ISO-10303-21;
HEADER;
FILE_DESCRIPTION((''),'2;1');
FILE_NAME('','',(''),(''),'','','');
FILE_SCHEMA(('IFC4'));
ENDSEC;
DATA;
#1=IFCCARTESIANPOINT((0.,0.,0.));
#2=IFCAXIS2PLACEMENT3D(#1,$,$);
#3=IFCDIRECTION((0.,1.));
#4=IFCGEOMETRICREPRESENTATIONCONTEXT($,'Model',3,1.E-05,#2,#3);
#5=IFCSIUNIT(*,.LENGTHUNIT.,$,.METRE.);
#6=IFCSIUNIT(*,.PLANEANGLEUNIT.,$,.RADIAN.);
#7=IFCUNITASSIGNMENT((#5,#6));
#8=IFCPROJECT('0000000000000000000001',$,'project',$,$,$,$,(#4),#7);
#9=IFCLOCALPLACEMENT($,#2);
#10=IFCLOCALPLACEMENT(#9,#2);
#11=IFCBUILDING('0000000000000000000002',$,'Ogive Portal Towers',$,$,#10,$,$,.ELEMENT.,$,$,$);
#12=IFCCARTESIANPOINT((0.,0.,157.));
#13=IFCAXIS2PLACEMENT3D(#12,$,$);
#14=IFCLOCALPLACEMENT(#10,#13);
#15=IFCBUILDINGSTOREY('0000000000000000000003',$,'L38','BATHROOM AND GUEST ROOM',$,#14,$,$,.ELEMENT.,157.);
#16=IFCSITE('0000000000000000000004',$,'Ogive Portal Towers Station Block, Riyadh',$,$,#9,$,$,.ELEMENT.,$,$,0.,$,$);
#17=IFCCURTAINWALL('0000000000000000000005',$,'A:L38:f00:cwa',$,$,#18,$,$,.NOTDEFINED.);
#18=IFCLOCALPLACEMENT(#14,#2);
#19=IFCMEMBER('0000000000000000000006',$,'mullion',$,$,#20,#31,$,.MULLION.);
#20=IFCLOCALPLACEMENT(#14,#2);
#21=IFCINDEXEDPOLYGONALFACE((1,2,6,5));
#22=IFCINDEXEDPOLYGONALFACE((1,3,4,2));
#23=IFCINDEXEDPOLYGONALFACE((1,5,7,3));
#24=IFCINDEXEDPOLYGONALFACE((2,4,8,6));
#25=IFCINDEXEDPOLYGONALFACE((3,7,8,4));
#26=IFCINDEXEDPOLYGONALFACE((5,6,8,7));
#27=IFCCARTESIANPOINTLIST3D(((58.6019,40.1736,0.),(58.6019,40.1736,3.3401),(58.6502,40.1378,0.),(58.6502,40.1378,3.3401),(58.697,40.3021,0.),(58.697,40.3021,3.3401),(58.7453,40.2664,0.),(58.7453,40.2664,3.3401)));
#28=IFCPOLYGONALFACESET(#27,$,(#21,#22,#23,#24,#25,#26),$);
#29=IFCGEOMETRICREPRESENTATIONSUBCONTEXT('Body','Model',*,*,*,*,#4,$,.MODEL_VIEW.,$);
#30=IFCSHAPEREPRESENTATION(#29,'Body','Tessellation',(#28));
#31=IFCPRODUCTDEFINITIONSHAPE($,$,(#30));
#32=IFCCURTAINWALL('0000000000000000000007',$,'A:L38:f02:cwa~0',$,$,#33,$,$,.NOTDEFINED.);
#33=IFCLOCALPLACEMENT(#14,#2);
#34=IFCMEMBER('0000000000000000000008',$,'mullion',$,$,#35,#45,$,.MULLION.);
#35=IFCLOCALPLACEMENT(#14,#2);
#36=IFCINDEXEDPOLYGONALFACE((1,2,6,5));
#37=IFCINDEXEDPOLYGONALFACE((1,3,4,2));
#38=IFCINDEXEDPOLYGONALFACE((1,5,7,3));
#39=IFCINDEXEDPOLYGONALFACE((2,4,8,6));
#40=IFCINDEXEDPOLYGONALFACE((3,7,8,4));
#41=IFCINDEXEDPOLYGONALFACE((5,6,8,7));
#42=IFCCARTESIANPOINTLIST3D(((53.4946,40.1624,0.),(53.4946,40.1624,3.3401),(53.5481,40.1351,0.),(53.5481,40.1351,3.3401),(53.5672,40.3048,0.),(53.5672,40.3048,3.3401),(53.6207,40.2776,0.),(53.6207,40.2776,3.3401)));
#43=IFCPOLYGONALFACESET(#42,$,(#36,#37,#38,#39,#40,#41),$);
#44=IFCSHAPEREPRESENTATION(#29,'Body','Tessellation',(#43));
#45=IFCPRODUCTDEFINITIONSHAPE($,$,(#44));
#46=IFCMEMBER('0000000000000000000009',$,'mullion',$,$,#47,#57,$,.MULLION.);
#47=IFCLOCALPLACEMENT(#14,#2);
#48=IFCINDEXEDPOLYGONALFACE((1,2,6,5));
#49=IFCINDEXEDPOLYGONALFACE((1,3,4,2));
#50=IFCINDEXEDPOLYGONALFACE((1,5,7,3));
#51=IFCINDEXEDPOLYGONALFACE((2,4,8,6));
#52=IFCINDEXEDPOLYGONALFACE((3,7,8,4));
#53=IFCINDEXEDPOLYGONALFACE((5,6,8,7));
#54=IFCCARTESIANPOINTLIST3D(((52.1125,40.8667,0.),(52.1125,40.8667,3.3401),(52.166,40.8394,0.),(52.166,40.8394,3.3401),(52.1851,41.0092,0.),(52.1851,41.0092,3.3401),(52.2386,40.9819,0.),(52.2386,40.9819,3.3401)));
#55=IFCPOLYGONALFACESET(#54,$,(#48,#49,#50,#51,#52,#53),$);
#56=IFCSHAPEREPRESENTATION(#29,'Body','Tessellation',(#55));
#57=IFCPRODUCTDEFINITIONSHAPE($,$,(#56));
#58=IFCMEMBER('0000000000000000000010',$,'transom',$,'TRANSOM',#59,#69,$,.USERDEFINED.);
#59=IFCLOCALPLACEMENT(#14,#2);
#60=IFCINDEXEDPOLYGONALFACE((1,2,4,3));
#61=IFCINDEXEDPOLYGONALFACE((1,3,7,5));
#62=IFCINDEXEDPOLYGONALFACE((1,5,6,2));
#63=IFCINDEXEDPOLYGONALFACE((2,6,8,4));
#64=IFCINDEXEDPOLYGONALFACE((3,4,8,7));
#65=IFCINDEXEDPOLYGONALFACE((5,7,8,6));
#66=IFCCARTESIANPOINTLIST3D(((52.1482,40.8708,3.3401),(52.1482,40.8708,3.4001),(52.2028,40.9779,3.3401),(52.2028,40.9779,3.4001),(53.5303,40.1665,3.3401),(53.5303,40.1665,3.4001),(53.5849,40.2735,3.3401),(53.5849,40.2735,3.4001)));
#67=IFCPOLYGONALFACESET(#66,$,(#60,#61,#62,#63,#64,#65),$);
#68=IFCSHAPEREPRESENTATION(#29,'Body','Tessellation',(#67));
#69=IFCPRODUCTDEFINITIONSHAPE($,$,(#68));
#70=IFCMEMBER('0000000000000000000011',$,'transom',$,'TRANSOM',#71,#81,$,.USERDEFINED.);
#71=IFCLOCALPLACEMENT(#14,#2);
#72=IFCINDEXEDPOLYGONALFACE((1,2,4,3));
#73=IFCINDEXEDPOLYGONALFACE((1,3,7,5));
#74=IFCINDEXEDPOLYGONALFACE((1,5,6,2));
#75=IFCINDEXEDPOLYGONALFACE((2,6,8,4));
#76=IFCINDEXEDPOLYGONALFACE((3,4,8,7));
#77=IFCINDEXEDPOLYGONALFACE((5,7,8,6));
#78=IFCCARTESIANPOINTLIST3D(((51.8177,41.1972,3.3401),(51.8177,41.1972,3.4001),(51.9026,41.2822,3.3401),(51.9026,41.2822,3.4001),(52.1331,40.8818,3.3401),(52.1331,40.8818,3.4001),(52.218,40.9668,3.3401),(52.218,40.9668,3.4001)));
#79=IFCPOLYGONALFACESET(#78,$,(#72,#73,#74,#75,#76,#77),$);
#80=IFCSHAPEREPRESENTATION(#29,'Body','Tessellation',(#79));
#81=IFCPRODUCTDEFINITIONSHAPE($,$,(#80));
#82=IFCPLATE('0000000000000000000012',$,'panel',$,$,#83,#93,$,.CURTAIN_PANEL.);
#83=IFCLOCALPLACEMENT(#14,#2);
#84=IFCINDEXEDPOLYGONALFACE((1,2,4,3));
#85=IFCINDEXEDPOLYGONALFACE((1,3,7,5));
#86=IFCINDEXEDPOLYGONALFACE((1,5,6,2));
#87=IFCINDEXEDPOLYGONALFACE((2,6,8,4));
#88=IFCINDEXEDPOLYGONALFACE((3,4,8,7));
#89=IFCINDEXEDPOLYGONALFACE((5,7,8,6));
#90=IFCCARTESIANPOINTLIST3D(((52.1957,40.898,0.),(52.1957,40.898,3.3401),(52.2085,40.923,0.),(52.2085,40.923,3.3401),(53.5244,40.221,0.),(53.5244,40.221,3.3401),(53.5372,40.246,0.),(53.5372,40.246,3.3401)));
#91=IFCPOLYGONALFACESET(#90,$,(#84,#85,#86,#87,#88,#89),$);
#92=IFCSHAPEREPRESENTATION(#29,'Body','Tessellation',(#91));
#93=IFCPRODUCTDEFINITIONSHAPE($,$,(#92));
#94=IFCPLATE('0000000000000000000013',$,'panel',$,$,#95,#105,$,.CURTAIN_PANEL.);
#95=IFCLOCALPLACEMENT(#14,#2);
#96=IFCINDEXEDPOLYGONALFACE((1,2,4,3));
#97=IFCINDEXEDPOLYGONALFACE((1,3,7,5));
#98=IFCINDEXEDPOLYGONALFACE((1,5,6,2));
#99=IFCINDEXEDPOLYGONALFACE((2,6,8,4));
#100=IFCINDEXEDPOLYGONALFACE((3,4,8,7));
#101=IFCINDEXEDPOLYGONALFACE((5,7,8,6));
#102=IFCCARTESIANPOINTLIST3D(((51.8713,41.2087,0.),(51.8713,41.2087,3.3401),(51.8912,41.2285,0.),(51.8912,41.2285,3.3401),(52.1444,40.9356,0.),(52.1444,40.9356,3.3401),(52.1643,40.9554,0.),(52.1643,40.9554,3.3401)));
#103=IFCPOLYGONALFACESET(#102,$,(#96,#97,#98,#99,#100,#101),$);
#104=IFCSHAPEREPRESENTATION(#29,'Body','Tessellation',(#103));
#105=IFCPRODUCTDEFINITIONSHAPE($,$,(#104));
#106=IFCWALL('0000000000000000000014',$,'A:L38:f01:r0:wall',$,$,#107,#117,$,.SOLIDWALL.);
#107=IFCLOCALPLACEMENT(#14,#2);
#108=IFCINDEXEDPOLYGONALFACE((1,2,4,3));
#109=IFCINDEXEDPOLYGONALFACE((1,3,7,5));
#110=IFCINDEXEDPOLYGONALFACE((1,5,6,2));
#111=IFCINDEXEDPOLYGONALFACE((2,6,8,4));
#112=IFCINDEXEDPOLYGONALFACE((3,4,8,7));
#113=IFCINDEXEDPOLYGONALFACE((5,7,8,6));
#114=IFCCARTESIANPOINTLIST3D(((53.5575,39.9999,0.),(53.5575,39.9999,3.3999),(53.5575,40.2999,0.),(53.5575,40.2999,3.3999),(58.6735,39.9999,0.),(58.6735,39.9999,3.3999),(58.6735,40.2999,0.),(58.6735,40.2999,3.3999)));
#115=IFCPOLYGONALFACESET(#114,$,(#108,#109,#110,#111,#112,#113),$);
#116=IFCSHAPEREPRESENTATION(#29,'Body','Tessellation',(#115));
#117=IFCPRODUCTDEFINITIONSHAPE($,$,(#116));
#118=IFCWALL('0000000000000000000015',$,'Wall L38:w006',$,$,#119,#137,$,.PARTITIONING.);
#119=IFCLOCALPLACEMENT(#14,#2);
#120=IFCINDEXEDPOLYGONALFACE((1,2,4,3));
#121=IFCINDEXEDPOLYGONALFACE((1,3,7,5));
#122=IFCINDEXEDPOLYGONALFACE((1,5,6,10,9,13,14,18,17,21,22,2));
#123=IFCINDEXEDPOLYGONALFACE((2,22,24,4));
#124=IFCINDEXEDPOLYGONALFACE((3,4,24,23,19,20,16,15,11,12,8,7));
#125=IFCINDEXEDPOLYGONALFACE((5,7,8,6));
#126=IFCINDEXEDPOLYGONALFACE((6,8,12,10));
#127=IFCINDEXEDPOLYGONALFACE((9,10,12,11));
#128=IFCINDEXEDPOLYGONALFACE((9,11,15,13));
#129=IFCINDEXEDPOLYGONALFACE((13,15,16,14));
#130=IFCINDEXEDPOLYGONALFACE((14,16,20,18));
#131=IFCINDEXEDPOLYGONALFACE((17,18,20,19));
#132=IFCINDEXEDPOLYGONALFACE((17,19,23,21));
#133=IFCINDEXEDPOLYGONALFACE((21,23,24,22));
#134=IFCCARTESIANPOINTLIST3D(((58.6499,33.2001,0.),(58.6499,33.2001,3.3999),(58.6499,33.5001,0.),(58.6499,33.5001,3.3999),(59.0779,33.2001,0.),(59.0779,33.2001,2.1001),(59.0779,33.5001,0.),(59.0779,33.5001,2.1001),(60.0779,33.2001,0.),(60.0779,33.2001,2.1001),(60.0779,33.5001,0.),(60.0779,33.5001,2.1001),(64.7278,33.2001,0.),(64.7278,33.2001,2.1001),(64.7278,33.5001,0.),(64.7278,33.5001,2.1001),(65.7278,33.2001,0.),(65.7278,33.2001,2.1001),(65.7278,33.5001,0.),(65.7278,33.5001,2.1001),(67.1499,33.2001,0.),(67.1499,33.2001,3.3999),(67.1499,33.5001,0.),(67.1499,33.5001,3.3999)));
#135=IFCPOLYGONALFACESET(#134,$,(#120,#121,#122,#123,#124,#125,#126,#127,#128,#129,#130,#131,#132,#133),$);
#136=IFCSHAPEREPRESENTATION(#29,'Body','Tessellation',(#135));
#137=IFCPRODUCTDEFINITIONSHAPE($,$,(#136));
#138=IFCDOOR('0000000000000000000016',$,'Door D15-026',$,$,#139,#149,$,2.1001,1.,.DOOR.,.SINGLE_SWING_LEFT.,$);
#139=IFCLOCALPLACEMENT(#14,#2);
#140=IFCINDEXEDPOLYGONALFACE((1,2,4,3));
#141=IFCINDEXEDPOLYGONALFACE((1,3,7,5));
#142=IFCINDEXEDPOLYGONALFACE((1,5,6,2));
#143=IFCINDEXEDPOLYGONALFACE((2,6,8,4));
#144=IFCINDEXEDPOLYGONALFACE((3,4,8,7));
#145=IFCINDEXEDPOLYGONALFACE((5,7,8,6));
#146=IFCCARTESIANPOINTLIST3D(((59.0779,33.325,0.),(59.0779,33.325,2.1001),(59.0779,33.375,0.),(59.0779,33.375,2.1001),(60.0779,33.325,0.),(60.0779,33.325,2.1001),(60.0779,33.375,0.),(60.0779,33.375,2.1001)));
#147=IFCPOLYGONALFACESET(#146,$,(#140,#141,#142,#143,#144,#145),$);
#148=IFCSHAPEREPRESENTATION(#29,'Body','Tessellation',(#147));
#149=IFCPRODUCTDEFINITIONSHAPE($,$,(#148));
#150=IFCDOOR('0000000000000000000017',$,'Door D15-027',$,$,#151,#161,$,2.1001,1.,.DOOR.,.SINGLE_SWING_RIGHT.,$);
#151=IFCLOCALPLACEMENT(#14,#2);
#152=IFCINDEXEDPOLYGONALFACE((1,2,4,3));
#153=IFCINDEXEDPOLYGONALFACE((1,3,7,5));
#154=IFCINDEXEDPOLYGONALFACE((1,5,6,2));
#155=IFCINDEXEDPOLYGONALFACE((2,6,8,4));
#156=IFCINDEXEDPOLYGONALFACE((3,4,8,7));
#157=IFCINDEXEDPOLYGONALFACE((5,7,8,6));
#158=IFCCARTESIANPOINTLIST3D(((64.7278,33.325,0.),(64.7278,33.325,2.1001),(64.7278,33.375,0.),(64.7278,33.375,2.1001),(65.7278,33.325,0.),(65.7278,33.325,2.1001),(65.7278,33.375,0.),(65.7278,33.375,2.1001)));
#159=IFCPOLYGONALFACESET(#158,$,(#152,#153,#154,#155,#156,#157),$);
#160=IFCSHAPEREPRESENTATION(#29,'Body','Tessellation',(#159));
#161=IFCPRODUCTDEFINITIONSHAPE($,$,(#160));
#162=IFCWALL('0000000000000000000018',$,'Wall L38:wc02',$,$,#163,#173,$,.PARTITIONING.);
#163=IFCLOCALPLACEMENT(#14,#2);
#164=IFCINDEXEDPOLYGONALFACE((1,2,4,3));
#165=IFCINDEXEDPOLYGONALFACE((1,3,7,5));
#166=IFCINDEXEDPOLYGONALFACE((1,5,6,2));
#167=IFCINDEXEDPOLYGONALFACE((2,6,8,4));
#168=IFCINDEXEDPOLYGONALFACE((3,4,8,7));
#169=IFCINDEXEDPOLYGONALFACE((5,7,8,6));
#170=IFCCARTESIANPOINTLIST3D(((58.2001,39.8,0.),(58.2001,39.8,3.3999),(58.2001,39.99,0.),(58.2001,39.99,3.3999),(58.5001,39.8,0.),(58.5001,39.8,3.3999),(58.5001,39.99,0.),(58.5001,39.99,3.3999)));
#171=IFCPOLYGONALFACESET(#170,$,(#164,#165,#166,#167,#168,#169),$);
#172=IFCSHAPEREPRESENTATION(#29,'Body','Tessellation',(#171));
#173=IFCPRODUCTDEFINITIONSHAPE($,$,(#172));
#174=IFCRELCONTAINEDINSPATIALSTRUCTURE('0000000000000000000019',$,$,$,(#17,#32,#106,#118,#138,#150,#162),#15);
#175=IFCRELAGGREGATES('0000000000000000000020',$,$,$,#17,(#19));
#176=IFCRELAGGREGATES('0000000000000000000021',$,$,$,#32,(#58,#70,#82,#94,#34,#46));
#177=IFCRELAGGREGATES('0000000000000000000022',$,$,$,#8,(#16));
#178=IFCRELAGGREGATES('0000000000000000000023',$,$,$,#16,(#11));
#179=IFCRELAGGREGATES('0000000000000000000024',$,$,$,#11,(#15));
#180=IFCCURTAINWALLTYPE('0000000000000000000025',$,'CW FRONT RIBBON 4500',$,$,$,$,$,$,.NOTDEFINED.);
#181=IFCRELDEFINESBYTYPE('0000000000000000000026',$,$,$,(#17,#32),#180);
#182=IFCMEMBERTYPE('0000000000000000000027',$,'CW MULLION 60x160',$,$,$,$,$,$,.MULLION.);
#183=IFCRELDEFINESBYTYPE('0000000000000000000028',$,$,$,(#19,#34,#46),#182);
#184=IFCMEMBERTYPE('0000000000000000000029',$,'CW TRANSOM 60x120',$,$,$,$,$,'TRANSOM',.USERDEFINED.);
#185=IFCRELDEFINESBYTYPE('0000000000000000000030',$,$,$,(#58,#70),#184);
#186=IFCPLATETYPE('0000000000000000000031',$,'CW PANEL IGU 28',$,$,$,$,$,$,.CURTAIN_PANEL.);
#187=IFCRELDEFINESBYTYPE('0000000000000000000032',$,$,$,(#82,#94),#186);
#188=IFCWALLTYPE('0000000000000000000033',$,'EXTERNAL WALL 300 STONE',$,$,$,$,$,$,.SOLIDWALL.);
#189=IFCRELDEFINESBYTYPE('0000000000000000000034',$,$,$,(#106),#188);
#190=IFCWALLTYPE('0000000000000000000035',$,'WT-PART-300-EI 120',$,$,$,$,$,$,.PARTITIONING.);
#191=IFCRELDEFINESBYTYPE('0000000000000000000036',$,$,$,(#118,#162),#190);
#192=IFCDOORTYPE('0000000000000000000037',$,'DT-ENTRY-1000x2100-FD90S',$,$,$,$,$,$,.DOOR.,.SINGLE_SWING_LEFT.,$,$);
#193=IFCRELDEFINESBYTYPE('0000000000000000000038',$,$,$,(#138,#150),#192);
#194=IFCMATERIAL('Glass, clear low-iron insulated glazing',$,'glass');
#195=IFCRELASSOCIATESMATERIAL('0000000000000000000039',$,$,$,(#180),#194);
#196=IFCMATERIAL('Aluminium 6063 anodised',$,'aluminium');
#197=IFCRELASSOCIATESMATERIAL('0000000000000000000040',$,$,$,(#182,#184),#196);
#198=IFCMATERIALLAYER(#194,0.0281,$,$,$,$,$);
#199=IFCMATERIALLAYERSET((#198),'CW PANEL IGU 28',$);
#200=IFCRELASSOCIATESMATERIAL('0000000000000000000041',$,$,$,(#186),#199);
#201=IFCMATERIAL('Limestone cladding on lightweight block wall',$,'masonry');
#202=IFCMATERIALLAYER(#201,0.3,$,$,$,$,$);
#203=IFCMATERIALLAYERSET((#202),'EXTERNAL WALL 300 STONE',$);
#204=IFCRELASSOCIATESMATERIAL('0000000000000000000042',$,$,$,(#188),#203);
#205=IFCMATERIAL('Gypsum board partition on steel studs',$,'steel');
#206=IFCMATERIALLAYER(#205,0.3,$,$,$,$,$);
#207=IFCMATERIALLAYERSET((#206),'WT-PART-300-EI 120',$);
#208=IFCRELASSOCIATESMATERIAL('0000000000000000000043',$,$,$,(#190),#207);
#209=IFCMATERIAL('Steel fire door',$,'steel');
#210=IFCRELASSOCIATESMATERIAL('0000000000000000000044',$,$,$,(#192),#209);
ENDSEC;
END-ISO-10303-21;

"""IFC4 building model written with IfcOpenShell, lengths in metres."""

from ifc_helpers import new_model, si_unit, direction, frame, frame_2d, origin, origin_2d, place, context, subcontext, project, spatial, rectangle, extrude, material, layer, layer_set, material_profile, profile_set, type_object, element, fill, aggregate, save


model = new_model("IFC4")

# Units and contexts
model_context = context("Model", 3, precision=1e-05, world=origin(), true_north=direction((0.0, 1.0)))
body_context = subcontext(model_context, "Body", "Model", "MODEL_VIEW")
ifc_project = project(units=[si_unit("LENGTHUNIT", "METRE"), si_unit("PLANEANGLEUNIT", "RADIAN")], contexts=[model_context])

# Site, building, storey
site_placement = place(None, origin())
site = spatial("IfcSite", under=ifc_project, at=site_placement, Name="Ogive Portal Towers Station Block, Riyadh", CompositionType="ELEMENT", RefElevation=0.0)
building_placement = place(site_placement, origin())
building = spatial("IfcBuilding", under=site, at=building_placement, Name="Ogive Portal Towers", CompositionType="ELEMENT")
storey_placement = place(building_placement, frame((0.0, 0.0, 157.0)))
storey = spatial("IfcBuildingStorey", under=building, at=storey_placement, Name="L38", Description="BATHROOM AND GUEST ROOM", CompositionType="ELEMENT", Elevation=157.0)

# Curtain wall, member
ifc_material_1 = material(Name="Glass, clear low-iron insulated glazing", Category="glass")
curtain_wall_type = type_object("IfcCurtainWallType", Name="CW FRONT RIBBON 4500", PredefinedType="NOTDEFINED", material=ifc_material_1)
curtain_wall_1_placement = place(storey_placement, origin())
curtain_wall_1 = element("IfcCurtainWall", 1, at=curtain_wall_1_placement, inside=storey, type_object=curtain_wall_type, Name="A:L38:f00:cwa", PredefinedType="NOTDEFINED")
ifc_material_2 = material(Name="Aluminium 6063 anodised", Category="aluminium")
ifc_material_profile_1 = material_profile(ifc_material_2, rectangle(XDim=0.1599, YDim=0.0601, at=origin_2d()), Name="AL 60x160")
ifc_profile_set_1 = profile_set([ifc_material_profile_1], Name="Aluminium 6063 anodised")
member_type_1 = type_object("IfcMemberType", Name="CW MULLION 60x160", PredefinedType="MULLION", material=ifc_profile_set_1)
member_1_placement = place(storey_placement, frame((58.6736, 40.22, 0.0), z_axis=(0.0, 0.0, 1.0), x_axis=(-0.594809, -0.803867, 0.0)))
member_1 = element("IfcMember", 2, at=member_1_placement, type_object=member_type_1, Name="mullion", PredefinedType="MULLION", context=body_context, shape_type="SweptSolid", body=[
    extrude(rectangle(XDim=0.1599, YDim=0.0601, at=origin_2d()), origin(), (0.0, 0.0, 1.0), 3.3401),
])
aggregate(curtain_wall_1, [member_1])

# Curtain wall, members, plates
curtain_wall_2_placement = place(storey_placement, origin())
curtain_wall_2 = element("IfcCurtainWall", 3, at=curtain_wall_2_placement, inside=storey, type_object=curtain_wall_type, Name="A:L38:f02:cwa~0", PredefinedType="NOTDEFINED")
member_2_placement = place(storey_placement, frame((53.5576, 40.22, 0.0), z_axis=(0.0, 0.0, 1.0), x_axis=(-0.45399, -0.891007, 0.0)))
member_2 = element("IfcMember", 4, at=member_2_placement, type_object=member_type_1, Name="mullion", PredefinedType="MULLION", context=body_context, shape_type="SweptSolid", body=[
    extrude(rectangle(XDim=0.1599, YDim=0.0601, at=origin_2d()), origin(), (0.0, 0.0, 1.0), 3.3401),
])
member_3_placement = place(storey_placement, frame((52.1755, 40.9243, 0.0), z_axis=(0.0, 0.0, 1.0), x_axis=(-0.45399, -0.891007, 0.0)))
member_3 = element("IfcMember", 5, at=member_3_placement, type_object=member_type_1, Name="mullion", PredefinedType="MULLION", context=body_context, shape_type="SweptSolid", body=[
    extrude(rectangle(XDim=0.1599, YDim=0.0601, at=origin_2d()), origin(), (0.0, 0.0, 1.0), 3.3401),
])
ifc_material_profile_2 = material_profile(ifc_material_2, rectangle(XDim=0.1201, YDim=0.0601, at=origin_2d()), Name="AL 120x60")
ifc_profile_set_2 = profile_set([ifc_material_profile_2], Name="Aluminium 6063 anodised")
member_type_2 = type_object("IfcMemberType", Name="CW TRANSOM 60x120", ElementType="TRANSOM", PredefinedType="USERDEFINED", material=ifc_profile_set_2)
member_4_placement = place(storey_placement, frame((53.5576, 40.22, 3.3701), z_axis=(-0.89097, 0.454063, 0.0), x_axis=(-0.454063, -0.89097, 0.0)))
member_4 = element("IfcMember", 6, at=member_4_placement, type_object=member_type_2, Name="transom", ObjectType="TRANSOM", PredefinedType="USERDEFINED", context=body_context, shape_type="SweptSolid", body=[
    extrude(rectangle(XDim=0.1201, YDim=0.0601, at=origin_2d()), origin(), (0.0, 0.0, 1.0), 1.5513),
])
member_5_placement = place(storey_placement, frame((52.1755, 40.9243, 3.3701), z_axis=(-0.707107, 0.707107, 0.0), x_axis=(-0.707107, -0.707107, 0.0)))
member_5 = element("IfcMember", 7, at=member_5_placement, type_object=member_type_2, Name="transom", ObjectType="TRANSOM", PredefinedType="USERDEFINED", context=body_context, shape_type="SweptSolid", body=[
    extrude(rectangle(XDim=0.1201, YDim=0.0601, at=origin_2d()), origin(), (0.0, 0.0, 1.0), 0.446),
])
ifc_layer_1 = layer(ifc_material_1, 0.0281)
ifc_layer_set_1 = layer_set([ifc_layer_1], Name="CW PANEL IGU 28")
plate_type = type_object("IfcPlateType", Name="CW PANEL IGU 28", PredefinedType="CURTAIN_PANEL", material=ifc_layer_set_1)
plate_1_placement = place(storey_placement, frame((52.8665, 40.572, 0.0), z_axis=(0.0, 0.0, 1.0), x_axis=(-0.891007, 0.45399, 0.0)))
plate_1 = element("IfcPlate", 8, at=plate_1_placement, type_object=plate_type, Name="panel", PredefinedType="CURTAIN_PANEL", context=body_context, shape_type="SweptSolid", body=[
    extrude(rectangle(XDim=1.4912, YDim=0.0281, at=origin_2d()), origin(), (0.0, 0.0, 1.0), 3.3401),
])
plate_2_placement = place(storey_placement, frame((52.0178, 41.082, 0.0), z_axis=(0.0, 0.0, 1.0), x_axis=(-0.707107, 0.707107, 0.0)))
plate_2 = element("IfcPlate", 9, at=plate_2_placement, type_object=plate_type, Name="panel", PredefinedType="CURTAIN_PANEL", context=body_context, shape_type="SweptSolid", body=[
    extrude(rectangle(XDim=0.3862, YDim=0.0281, at=origin_2d()), origin(), (0.0, 0.0, 1.0), 3.3401),
])
aggregate(curtain_wall_2, [member_4, member_5, plate_1, plate_2, member_2, member_3])

# Wall
ifc_material_3 = material(Name="Limestone cladding on lightweight block wall", Category="masonry")
ifc_layer_2 = layer(ifc_material_3, 0.3)
ifc_layer_set_2 = layer_set([ifc_layer_2], Name="EXTERNAL WALL 300 STONE")
wall_type_1 = type_object("IfcWallType", Name="EXTERNAL WALL 300 STONE", PredefinedType="SOLIDWALL", material=ifc_layer_set_2)
wall_1_placement = place(storey_placement, frame((58.6736, 40.1499, 0.0), z_axis=(0.0, 0.0, 1.0), x_axis=(-1.0, 0.0, 0.0)))
element("IfcWall", 10, at=wall_1_placement, inside=storey, type_object=wall_type_1, Name="A:L38:f01:r0:wall", PredefinedType="SOLIDWALL", context=body_context, shape_type="SweptSolid", body=[
    extrude(rectangle(XDim=5.116, YDim=0.3, at=frame_2d((2.5581, 0.0))), origin(), (0.0, 0.0, 1.0), 3.3999),
])

# Wall, openings, doors
ifc_material_4 = material(Name="Gypsum board partition on steel studs", Category="steel")
ifc_layer_3 = layer(ifc_material_4, 0.3)
ifc_layer_set_3 = layer_set([ifc_layer_3], Name="WT-PART-300-EI 120")
wall_type_2 = type_object("IfcWallType", Name="WT-PART-300-EI 120", PredefinedType="PARTITIONING", material=ifc_layer_set_3)
wall_2_placement = place(storey_placement, frame((58.6499, 33.3501, 0.0), z_axis=(0.0, 0.0, 1.0), x_axis=(1.0, 0.0, 0.0)))
wall_2 = element("IfcWall", 11, at=wall_2_placement, inside=storey, type_object=wall_type_2, Name="Wall L38:w006", PredefinedType="PARTITIONING", context=body_context, shape_type="SweptSolid", body=[
    extrude(rectangle(XDim=8.5, YDim=0.3, at=frame_2d((4.25, 0.0))), origin(), (0.0, 0.0, 1.0), 3.3999),
])
opening_1_placement = place(wall_2_placement, frame((0.428, 0.0, 0.0)))
opening_1 = element("IfcOpeningElement", 12, at=opening_1_placement, cuts=wall_2, PredefinedType="OPENING", context=body_context, shape_type="SweptSolid", body=[
    extrude(rectangle(XDim=1.0, YDim=2.1001, at=frame_2d((0.5, 1.05))), frame((0.0, 0.1602, 0.0), z_axis=(0.0, -1.0, 0.0), x_axis=(1.0, 0.0, 0.0)), (0.0, 0.0, 1.0), 0.3201),
])
opening_2_placement = place(wall_2_placement, frame((6.0779, 0.0, 0.0)))
opening_2 = element("IfcOpeningElement", 13, at=opening_2_placement, cuts=wall_2, PredefinedType="OPENING", context=body_context, shape_type="SweptSolid", body=[
    extrude(rectangle(XDim=1.0, YDim=2.1001, at=frame_2d((0.5, 1.05))), frame((0.0, 0.1602, 0.0), z_axis=(0.0, -1.0, 0.0), x_axis=(1.0, 0.0, 0.0)), (0.0, 0.0, 1.0), 0.3201),
])
ifc_material_5 = material(Name="Steel fire door", Category="steel")
door_type_1 = type_object("IfcDoorType", Name="DT-ENTRY-1000x2100-FD90S", OperationType="SINGLE_SWING_LEFT", PredefinedType="DOOR", material=ifc_material_5)
door_1_placement = place(opening_1_placement, origin())
door_1 = element("IfcDoor", 14, at=door_1_placement, inside=storey, type_object=door_type_1, Name="Door D15-026", OperationType="SINGLE_SWING_LEFT", OverallHeight=2.1001, OverallWidth=1.0, PredefinedType="DOOR", context=body_context, shape_type="SweptSolid", body=[
    extrude(rectangle(XDim=1.0, YDim=2.1001, at=frame_2d((0.5, 1.05))), frame((0.0, 0.0249, 0.0), z_axis=(0.0, -1.0, 0.0), x_axis=(1.0, 0.0, 0.0)), (0.0, 0.0, 1.0), 0.05),
])
fill(opening_1, door_1)
door_2_placement = place(opening_2_placement, origin())
door_2 = element("IfcDoor", 15, at=door_2_placement, inside=storey, type_object=door_type_1, Name="Door D15-027", OperationType="SINGLE_SWING_RIGHT", OverallHeight=2.1001, OverallWidth=1.0, PredefinedType="DOOR", context=body_context, shape_type="SweptSolid", body=[
    extrude(rectangle(XDim=1.0, YDim=2.1001, at=frame_2d((0.5, 1.05))), frame((0.0, 0.0249, 0.0), z_axis=(0.0, -1.0, 0.0), x_axis=(1.0, 0.0, 0.0)), (0.0, 0.0, 1.0), 0.05),
])
fill(opening_2, door_2)

# Wall
wall_3_placement = place(storey_placement, frame((58.3501, 39.8, 0.0), z_axis=(0.0, 0.0, 1.0), x_axis=(0.0, 1.0, 0.0)))
element("IfcWall", 16, at=wall_3_placement, inside=storey, type_object=wall_type_2, Name="Wall L38:wc02", PredefinedType="PARTITIONING", context=body_context, shape_type="SweptSolid", body=[
    extrude(rectangle(XDim=0.1899, YDim=0.3, at=frame_2d((0.095, 0.0))), origin(), (0.0, 0.0, 1.0), 3.3999),
])

save(model, "model.ifc")
